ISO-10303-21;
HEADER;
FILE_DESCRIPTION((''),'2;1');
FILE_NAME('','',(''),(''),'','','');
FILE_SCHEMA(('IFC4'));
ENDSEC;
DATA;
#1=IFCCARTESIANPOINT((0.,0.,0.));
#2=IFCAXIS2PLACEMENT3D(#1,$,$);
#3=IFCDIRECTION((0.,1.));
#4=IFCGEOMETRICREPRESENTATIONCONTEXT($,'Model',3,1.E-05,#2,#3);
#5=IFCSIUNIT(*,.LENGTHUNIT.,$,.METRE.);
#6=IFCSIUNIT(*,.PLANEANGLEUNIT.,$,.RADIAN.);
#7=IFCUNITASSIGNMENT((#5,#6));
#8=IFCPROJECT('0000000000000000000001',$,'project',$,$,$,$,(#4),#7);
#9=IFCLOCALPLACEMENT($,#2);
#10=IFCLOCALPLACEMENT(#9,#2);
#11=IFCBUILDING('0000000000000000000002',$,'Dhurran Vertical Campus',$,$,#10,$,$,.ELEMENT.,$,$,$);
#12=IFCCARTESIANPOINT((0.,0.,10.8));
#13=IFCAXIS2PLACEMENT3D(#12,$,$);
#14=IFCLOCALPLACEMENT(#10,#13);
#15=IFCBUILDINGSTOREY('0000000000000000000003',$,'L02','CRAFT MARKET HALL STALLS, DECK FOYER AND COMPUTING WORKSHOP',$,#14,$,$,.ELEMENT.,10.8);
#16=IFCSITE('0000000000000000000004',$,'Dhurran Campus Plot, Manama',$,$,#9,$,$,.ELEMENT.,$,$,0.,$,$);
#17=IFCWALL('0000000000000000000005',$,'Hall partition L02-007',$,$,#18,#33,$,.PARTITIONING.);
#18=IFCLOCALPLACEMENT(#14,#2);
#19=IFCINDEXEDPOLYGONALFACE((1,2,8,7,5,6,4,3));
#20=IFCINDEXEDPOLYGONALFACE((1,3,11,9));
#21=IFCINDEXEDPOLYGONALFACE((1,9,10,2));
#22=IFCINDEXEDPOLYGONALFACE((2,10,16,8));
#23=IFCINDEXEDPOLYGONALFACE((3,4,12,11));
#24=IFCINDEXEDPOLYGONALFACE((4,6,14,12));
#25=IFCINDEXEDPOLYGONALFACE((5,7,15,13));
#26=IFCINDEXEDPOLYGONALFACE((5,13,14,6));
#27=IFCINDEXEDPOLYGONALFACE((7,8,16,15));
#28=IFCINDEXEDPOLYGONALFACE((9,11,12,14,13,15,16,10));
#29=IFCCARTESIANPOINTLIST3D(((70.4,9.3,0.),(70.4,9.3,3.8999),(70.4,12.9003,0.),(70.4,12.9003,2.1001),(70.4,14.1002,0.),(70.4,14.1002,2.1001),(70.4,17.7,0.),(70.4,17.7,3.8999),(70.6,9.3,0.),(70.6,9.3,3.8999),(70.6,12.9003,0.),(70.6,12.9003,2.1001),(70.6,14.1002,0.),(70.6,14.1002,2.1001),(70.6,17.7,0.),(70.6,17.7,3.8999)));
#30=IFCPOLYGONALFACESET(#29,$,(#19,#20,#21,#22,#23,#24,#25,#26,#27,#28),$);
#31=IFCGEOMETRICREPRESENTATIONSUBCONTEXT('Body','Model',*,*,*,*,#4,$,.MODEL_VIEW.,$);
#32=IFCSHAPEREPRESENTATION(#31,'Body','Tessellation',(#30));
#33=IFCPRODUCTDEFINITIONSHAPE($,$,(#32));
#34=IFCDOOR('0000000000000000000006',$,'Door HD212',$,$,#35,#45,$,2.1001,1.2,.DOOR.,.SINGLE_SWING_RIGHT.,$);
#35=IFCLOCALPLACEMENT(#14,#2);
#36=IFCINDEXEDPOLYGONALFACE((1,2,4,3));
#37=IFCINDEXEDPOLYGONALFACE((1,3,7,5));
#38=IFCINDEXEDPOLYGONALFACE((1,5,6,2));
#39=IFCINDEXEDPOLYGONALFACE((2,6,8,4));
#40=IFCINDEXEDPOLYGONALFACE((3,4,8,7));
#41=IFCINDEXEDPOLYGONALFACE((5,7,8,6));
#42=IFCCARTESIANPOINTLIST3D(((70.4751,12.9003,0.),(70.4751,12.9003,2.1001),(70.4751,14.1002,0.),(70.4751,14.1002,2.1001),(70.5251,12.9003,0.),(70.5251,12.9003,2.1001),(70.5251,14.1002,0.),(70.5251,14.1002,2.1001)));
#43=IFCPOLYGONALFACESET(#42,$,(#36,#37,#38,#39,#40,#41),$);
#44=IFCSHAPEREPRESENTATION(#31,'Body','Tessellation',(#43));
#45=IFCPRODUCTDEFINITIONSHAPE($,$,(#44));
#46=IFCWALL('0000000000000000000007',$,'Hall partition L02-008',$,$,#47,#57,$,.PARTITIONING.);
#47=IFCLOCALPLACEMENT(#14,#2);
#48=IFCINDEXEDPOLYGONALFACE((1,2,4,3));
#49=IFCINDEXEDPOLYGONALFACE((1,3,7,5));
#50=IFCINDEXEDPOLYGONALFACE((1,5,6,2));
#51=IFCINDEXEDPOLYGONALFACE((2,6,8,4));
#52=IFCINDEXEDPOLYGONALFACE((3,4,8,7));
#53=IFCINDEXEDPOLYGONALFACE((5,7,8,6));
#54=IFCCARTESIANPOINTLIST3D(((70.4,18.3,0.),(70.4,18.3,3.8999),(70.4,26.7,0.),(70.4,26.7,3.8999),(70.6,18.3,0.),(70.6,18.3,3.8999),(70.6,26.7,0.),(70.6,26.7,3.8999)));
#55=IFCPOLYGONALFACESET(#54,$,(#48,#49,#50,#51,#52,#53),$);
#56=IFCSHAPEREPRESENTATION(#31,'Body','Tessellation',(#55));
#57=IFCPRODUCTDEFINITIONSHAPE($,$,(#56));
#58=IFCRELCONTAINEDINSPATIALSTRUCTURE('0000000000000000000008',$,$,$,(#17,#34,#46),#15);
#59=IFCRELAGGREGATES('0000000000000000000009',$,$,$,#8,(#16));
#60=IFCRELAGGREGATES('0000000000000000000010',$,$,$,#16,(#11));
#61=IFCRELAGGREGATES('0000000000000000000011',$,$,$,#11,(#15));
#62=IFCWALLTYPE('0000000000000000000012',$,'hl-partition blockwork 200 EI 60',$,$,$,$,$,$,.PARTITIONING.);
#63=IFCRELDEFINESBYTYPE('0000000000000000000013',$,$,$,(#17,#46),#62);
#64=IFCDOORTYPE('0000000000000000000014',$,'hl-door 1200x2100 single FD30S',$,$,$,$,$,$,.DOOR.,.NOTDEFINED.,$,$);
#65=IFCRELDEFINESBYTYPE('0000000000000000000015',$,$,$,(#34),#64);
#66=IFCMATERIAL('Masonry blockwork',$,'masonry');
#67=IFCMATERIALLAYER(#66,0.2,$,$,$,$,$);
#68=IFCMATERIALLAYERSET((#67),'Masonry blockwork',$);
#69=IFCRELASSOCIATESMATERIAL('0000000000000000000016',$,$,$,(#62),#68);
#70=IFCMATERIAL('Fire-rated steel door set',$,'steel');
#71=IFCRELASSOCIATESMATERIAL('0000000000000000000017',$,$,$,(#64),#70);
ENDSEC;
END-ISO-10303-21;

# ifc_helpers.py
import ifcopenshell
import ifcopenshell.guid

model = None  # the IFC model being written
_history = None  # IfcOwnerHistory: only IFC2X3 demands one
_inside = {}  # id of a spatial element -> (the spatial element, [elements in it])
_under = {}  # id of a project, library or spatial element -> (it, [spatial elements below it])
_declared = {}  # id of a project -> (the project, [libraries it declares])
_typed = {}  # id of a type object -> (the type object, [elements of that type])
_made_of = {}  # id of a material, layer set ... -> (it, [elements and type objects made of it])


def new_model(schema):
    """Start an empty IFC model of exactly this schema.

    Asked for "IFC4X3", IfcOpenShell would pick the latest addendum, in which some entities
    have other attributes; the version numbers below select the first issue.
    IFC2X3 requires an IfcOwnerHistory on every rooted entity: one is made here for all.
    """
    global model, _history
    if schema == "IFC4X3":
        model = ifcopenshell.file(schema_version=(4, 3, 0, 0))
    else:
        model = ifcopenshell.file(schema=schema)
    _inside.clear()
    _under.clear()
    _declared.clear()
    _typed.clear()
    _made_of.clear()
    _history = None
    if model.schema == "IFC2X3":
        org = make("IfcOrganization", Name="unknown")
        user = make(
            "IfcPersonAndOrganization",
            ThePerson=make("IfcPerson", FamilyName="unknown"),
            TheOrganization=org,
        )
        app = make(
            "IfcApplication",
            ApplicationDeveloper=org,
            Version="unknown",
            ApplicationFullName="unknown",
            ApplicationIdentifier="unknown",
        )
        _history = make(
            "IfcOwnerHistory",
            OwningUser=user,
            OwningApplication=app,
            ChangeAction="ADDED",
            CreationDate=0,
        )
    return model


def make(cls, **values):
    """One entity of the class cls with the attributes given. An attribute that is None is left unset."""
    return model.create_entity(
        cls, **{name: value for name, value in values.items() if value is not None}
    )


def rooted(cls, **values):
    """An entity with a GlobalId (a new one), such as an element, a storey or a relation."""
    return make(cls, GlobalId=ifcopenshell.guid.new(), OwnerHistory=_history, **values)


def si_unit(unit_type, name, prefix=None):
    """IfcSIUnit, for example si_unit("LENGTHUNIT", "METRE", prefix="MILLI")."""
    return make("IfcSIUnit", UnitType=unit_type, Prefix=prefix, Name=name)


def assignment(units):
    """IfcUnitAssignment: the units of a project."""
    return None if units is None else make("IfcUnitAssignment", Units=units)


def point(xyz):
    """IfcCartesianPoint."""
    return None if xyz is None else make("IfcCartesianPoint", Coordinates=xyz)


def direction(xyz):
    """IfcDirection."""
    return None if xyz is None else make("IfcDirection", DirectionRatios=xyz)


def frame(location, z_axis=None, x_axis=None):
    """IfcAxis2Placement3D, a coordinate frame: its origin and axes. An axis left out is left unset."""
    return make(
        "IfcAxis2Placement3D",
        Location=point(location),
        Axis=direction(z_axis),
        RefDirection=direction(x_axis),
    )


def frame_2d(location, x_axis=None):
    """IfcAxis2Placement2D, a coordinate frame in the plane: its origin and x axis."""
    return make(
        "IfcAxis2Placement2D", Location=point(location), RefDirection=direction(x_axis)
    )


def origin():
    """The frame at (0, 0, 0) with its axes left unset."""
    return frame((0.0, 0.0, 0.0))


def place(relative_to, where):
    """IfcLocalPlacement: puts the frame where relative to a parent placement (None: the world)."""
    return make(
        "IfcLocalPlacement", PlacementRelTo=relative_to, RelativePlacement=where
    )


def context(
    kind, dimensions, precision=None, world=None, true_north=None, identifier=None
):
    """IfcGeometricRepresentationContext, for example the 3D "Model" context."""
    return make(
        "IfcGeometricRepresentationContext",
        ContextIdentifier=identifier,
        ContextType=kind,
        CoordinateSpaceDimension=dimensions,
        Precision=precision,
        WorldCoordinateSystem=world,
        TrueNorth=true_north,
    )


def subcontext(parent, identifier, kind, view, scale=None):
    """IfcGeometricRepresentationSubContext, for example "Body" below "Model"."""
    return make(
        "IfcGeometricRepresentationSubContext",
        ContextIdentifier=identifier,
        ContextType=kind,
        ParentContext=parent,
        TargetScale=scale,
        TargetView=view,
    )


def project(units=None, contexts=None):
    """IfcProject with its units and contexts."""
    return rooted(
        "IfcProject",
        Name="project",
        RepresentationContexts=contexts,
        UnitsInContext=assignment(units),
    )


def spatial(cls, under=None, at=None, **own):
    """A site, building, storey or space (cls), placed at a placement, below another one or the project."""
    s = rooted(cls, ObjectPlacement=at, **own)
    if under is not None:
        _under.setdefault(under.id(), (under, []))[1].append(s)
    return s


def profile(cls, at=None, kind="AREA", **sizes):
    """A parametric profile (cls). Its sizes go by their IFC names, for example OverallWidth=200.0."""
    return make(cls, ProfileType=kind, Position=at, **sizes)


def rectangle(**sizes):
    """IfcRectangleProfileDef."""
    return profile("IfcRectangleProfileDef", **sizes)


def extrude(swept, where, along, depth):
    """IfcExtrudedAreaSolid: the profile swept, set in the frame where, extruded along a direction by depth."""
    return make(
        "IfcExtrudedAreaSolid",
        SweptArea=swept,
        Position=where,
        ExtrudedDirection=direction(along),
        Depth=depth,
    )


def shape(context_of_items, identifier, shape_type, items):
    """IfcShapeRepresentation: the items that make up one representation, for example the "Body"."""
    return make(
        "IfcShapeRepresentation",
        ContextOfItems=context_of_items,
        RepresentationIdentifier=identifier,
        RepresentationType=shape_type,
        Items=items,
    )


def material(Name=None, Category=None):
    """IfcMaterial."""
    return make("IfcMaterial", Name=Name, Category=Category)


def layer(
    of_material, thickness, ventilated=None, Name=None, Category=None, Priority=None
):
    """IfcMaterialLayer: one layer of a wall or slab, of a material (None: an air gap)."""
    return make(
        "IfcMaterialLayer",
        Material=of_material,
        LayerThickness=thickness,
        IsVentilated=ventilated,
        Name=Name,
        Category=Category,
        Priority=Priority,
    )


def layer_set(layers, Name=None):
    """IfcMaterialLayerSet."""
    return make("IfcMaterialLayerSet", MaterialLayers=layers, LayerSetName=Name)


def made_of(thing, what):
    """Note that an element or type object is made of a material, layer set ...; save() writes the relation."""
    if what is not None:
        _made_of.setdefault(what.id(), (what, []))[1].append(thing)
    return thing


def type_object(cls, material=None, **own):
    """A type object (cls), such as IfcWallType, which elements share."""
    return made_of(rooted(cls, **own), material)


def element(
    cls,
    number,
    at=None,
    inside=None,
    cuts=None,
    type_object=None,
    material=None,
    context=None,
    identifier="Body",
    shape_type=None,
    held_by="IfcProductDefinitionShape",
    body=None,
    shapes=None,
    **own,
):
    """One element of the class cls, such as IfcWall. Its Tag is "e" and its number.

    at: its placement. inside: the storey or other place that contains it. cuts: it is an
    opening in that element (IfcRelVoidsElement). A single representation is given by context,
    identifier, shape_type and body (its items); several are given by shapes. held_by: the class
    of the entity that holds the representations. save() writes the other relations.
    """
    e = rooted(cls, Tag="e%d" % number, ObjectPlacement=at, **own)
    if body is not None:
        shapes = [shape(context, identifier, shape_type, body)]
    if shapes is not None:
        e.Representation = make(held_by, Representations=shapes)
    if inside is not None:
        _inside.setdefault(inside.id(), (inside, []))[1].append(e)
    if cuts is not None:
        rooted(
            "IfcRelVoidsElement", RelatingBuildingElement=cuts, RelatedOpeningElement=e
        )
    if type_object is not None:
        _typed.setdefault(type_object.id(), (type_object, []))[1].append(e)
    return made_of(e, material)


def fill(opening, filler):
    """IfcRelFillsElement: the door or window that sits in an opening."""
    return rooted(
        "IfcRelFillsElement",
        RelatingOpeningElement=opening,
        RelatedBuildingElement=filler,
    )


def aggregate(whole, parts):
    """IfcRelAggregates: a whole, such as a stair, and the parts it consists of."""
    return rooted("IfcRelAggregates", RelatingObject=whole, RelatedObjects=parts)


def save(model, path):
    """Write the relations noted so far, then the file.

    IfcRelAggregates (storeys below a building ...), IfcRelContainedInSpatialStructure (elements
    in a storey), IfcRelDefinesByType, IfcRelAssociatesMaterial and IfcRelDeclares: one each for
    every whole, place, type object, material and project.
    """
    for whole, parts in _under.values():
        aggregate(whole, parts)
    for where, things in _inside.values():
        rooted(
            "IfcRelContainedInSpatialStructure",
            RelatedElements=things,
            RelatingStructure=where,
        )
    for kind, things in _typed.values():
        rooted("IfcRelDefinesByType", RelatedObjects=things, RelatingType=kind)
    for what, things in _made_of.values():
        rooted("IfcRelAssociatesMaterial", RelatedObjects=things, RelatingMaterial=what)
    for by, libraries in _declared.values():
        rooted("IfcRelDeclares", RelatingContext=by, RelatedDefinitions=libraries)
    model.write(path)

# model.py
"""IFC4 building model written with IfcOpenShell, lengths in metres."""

from ifc_helpers import new_model, si_unit, direction, frame, frame_2d, origin, place, context, subcontext, project, spatial, rectangle, extrude, material, layer, layer_set, type_object, element, fill, save


model = new_model("IFC4")

# Units and contexts
model_context = context("Model", 3, precision=1e-05, world=origin(), true_north=direction((0.0, 1.0)))
body_context = subcontext(model_context, "Body", "Model", "MODEL_VIEW")
ifc_project = project(units=[si_unit("LENGTHUNIT", "METRE"), si_unit("PLANEANGLEUNIT", "RADIAN")], contexts=[model_context])

# Site, building, storey
site_placement = place(None, origin())
site = spatial("IfcSite", under=ifc_project, at=site_placement, Name="Dhurran Campus Plot, Manama", CompositionType="ELEMENT", RefElevation=0.0)
building_placement = place(site_placement, origin())
building = spatial("IfcBuilding", under=site, at=building_placement, Name="Dhurran Vertical Campus", CompositionType="ELEMENT")
storey_placement = place(building_placement, frame((0.0, 0.0, 10.8)))
storey = spatial("IfcBuildingStorey", under=building, at=storey_placement, Name="L02", Description="CRAFT MARKET HALL STALLS, DECK FOYER AND COMPUTING WORKSHOP", CompositionType="ELEMENT", Elevation=10.8)

# Shared definitions
ifc_material_1 = material(Name="Masonry blockwork", Category="masonry")
ifc_layer_1 = layer(ifc_material_1, 0.2)
ifc_layer_set_1 = layer_set([ifc_layer_1], Name="Masonry blockwork")
wall_type_1 = type_object("IfcWallType", Name="hl-partition blockwork 200 EI 60", PredefinedType="PARTITIONING", material=ifc_layer_set_1)

# Wall, opening, door
ifc_material_2 = material(Name="Fire-rated steel door set", Category="steel")
door_type = type_object("IfcDoorType", Name="hl-door 1200x2100 single FD30S", OperationType="NOTDEFINED", PredefinedType="DOOR", material=ifc_material_2)
wall_1_placement = place(storey_placement, frame((70.5, 9.3, 0.0), z_axis=(0.0, 0.0, 1.0), x_axis=(0.0, 1.0, 0.0)))
wall_1 = element("IfcWall", 1, at=wall_1_placement, inside=storey, type_object=wall_type_1, Name="Hall partition L02-007", PredefinedType="PARTITIONING", context=body_context, shape_type="SweptSolid", body=[
    extrude(rectangle(XDim=8.3999, YDim=0.2, at=frame_2d((4.2, 0.0))), origin(), (0.0, 0.0, 1.0), 3.8999),
])
opening_1_placement = place(wall_1_placement, frame((3.6001, 0.0, 0.0)))
opening_1 = element("IfcOpeningElement", 2, at=opening_1_placement, cuts=wall_1, PredefinedType="OPENING", context=body_context, shape_type="SweptSolid", body=[
    extrude(rectangle(XDim=1.2, YDim=2.1001, at=frame_2d((0.6001, 1.05))), frame((0.0, 0.1099, 0.0), z_axis=(0.0, -1.0, 0.0), x_axis=(1.0, 0.0, 0.0)), (0.0, 0.0, 1.0), 0.22),
])
door_1_placement = place(opening_1_placement, origin())
door_1 = element("IfcDoor", 3, at=door_1_placement, inside=storey, type_object=door_type, Name="Door HD212", OperationType="SINGLE_SWING_RIGHT", OverallHeight=2.1001, OverallWidth=1.2, PredefinedType="DOOR", context=body_context, shape_type="SweptSolid", body=[
    extrude(rectangle(XDim=1.2, YDim=2.1001, at=frame_2d((0.6001, 1.05))), frame((0.0, 0.0249, 0.0), z_axis=(0.0, -1.0, 0.0), x_axis=(1.0, 0.0, 0.0)), (0.0, 0.0, 1.0), 0.05),
])
fill(opening_1, door_1)

# Wall
wall_2_placement = place(storey_placement, frame((70.5, 18.3, 0.0), z_axis=(0.0, 0.0, 1.0), x_axis=(0.0, 1.0, 0.0)))
element("IfcWall", 4, at=wall_2_placement, inside=storey, type_object=wall_type_1, Name="Hall partition L02-008", PredefinedType="PARTITIONING", context=body_context, shape_type="SweptSolid", body=[
    extrude(rectangle(XDim=8.3999, YDim=0.2, at=frame_2d((4.2, 0.0))), origin(), (0.0, 0.0, 1.0), 3.8999),
])

save(model, "model.ifc")
